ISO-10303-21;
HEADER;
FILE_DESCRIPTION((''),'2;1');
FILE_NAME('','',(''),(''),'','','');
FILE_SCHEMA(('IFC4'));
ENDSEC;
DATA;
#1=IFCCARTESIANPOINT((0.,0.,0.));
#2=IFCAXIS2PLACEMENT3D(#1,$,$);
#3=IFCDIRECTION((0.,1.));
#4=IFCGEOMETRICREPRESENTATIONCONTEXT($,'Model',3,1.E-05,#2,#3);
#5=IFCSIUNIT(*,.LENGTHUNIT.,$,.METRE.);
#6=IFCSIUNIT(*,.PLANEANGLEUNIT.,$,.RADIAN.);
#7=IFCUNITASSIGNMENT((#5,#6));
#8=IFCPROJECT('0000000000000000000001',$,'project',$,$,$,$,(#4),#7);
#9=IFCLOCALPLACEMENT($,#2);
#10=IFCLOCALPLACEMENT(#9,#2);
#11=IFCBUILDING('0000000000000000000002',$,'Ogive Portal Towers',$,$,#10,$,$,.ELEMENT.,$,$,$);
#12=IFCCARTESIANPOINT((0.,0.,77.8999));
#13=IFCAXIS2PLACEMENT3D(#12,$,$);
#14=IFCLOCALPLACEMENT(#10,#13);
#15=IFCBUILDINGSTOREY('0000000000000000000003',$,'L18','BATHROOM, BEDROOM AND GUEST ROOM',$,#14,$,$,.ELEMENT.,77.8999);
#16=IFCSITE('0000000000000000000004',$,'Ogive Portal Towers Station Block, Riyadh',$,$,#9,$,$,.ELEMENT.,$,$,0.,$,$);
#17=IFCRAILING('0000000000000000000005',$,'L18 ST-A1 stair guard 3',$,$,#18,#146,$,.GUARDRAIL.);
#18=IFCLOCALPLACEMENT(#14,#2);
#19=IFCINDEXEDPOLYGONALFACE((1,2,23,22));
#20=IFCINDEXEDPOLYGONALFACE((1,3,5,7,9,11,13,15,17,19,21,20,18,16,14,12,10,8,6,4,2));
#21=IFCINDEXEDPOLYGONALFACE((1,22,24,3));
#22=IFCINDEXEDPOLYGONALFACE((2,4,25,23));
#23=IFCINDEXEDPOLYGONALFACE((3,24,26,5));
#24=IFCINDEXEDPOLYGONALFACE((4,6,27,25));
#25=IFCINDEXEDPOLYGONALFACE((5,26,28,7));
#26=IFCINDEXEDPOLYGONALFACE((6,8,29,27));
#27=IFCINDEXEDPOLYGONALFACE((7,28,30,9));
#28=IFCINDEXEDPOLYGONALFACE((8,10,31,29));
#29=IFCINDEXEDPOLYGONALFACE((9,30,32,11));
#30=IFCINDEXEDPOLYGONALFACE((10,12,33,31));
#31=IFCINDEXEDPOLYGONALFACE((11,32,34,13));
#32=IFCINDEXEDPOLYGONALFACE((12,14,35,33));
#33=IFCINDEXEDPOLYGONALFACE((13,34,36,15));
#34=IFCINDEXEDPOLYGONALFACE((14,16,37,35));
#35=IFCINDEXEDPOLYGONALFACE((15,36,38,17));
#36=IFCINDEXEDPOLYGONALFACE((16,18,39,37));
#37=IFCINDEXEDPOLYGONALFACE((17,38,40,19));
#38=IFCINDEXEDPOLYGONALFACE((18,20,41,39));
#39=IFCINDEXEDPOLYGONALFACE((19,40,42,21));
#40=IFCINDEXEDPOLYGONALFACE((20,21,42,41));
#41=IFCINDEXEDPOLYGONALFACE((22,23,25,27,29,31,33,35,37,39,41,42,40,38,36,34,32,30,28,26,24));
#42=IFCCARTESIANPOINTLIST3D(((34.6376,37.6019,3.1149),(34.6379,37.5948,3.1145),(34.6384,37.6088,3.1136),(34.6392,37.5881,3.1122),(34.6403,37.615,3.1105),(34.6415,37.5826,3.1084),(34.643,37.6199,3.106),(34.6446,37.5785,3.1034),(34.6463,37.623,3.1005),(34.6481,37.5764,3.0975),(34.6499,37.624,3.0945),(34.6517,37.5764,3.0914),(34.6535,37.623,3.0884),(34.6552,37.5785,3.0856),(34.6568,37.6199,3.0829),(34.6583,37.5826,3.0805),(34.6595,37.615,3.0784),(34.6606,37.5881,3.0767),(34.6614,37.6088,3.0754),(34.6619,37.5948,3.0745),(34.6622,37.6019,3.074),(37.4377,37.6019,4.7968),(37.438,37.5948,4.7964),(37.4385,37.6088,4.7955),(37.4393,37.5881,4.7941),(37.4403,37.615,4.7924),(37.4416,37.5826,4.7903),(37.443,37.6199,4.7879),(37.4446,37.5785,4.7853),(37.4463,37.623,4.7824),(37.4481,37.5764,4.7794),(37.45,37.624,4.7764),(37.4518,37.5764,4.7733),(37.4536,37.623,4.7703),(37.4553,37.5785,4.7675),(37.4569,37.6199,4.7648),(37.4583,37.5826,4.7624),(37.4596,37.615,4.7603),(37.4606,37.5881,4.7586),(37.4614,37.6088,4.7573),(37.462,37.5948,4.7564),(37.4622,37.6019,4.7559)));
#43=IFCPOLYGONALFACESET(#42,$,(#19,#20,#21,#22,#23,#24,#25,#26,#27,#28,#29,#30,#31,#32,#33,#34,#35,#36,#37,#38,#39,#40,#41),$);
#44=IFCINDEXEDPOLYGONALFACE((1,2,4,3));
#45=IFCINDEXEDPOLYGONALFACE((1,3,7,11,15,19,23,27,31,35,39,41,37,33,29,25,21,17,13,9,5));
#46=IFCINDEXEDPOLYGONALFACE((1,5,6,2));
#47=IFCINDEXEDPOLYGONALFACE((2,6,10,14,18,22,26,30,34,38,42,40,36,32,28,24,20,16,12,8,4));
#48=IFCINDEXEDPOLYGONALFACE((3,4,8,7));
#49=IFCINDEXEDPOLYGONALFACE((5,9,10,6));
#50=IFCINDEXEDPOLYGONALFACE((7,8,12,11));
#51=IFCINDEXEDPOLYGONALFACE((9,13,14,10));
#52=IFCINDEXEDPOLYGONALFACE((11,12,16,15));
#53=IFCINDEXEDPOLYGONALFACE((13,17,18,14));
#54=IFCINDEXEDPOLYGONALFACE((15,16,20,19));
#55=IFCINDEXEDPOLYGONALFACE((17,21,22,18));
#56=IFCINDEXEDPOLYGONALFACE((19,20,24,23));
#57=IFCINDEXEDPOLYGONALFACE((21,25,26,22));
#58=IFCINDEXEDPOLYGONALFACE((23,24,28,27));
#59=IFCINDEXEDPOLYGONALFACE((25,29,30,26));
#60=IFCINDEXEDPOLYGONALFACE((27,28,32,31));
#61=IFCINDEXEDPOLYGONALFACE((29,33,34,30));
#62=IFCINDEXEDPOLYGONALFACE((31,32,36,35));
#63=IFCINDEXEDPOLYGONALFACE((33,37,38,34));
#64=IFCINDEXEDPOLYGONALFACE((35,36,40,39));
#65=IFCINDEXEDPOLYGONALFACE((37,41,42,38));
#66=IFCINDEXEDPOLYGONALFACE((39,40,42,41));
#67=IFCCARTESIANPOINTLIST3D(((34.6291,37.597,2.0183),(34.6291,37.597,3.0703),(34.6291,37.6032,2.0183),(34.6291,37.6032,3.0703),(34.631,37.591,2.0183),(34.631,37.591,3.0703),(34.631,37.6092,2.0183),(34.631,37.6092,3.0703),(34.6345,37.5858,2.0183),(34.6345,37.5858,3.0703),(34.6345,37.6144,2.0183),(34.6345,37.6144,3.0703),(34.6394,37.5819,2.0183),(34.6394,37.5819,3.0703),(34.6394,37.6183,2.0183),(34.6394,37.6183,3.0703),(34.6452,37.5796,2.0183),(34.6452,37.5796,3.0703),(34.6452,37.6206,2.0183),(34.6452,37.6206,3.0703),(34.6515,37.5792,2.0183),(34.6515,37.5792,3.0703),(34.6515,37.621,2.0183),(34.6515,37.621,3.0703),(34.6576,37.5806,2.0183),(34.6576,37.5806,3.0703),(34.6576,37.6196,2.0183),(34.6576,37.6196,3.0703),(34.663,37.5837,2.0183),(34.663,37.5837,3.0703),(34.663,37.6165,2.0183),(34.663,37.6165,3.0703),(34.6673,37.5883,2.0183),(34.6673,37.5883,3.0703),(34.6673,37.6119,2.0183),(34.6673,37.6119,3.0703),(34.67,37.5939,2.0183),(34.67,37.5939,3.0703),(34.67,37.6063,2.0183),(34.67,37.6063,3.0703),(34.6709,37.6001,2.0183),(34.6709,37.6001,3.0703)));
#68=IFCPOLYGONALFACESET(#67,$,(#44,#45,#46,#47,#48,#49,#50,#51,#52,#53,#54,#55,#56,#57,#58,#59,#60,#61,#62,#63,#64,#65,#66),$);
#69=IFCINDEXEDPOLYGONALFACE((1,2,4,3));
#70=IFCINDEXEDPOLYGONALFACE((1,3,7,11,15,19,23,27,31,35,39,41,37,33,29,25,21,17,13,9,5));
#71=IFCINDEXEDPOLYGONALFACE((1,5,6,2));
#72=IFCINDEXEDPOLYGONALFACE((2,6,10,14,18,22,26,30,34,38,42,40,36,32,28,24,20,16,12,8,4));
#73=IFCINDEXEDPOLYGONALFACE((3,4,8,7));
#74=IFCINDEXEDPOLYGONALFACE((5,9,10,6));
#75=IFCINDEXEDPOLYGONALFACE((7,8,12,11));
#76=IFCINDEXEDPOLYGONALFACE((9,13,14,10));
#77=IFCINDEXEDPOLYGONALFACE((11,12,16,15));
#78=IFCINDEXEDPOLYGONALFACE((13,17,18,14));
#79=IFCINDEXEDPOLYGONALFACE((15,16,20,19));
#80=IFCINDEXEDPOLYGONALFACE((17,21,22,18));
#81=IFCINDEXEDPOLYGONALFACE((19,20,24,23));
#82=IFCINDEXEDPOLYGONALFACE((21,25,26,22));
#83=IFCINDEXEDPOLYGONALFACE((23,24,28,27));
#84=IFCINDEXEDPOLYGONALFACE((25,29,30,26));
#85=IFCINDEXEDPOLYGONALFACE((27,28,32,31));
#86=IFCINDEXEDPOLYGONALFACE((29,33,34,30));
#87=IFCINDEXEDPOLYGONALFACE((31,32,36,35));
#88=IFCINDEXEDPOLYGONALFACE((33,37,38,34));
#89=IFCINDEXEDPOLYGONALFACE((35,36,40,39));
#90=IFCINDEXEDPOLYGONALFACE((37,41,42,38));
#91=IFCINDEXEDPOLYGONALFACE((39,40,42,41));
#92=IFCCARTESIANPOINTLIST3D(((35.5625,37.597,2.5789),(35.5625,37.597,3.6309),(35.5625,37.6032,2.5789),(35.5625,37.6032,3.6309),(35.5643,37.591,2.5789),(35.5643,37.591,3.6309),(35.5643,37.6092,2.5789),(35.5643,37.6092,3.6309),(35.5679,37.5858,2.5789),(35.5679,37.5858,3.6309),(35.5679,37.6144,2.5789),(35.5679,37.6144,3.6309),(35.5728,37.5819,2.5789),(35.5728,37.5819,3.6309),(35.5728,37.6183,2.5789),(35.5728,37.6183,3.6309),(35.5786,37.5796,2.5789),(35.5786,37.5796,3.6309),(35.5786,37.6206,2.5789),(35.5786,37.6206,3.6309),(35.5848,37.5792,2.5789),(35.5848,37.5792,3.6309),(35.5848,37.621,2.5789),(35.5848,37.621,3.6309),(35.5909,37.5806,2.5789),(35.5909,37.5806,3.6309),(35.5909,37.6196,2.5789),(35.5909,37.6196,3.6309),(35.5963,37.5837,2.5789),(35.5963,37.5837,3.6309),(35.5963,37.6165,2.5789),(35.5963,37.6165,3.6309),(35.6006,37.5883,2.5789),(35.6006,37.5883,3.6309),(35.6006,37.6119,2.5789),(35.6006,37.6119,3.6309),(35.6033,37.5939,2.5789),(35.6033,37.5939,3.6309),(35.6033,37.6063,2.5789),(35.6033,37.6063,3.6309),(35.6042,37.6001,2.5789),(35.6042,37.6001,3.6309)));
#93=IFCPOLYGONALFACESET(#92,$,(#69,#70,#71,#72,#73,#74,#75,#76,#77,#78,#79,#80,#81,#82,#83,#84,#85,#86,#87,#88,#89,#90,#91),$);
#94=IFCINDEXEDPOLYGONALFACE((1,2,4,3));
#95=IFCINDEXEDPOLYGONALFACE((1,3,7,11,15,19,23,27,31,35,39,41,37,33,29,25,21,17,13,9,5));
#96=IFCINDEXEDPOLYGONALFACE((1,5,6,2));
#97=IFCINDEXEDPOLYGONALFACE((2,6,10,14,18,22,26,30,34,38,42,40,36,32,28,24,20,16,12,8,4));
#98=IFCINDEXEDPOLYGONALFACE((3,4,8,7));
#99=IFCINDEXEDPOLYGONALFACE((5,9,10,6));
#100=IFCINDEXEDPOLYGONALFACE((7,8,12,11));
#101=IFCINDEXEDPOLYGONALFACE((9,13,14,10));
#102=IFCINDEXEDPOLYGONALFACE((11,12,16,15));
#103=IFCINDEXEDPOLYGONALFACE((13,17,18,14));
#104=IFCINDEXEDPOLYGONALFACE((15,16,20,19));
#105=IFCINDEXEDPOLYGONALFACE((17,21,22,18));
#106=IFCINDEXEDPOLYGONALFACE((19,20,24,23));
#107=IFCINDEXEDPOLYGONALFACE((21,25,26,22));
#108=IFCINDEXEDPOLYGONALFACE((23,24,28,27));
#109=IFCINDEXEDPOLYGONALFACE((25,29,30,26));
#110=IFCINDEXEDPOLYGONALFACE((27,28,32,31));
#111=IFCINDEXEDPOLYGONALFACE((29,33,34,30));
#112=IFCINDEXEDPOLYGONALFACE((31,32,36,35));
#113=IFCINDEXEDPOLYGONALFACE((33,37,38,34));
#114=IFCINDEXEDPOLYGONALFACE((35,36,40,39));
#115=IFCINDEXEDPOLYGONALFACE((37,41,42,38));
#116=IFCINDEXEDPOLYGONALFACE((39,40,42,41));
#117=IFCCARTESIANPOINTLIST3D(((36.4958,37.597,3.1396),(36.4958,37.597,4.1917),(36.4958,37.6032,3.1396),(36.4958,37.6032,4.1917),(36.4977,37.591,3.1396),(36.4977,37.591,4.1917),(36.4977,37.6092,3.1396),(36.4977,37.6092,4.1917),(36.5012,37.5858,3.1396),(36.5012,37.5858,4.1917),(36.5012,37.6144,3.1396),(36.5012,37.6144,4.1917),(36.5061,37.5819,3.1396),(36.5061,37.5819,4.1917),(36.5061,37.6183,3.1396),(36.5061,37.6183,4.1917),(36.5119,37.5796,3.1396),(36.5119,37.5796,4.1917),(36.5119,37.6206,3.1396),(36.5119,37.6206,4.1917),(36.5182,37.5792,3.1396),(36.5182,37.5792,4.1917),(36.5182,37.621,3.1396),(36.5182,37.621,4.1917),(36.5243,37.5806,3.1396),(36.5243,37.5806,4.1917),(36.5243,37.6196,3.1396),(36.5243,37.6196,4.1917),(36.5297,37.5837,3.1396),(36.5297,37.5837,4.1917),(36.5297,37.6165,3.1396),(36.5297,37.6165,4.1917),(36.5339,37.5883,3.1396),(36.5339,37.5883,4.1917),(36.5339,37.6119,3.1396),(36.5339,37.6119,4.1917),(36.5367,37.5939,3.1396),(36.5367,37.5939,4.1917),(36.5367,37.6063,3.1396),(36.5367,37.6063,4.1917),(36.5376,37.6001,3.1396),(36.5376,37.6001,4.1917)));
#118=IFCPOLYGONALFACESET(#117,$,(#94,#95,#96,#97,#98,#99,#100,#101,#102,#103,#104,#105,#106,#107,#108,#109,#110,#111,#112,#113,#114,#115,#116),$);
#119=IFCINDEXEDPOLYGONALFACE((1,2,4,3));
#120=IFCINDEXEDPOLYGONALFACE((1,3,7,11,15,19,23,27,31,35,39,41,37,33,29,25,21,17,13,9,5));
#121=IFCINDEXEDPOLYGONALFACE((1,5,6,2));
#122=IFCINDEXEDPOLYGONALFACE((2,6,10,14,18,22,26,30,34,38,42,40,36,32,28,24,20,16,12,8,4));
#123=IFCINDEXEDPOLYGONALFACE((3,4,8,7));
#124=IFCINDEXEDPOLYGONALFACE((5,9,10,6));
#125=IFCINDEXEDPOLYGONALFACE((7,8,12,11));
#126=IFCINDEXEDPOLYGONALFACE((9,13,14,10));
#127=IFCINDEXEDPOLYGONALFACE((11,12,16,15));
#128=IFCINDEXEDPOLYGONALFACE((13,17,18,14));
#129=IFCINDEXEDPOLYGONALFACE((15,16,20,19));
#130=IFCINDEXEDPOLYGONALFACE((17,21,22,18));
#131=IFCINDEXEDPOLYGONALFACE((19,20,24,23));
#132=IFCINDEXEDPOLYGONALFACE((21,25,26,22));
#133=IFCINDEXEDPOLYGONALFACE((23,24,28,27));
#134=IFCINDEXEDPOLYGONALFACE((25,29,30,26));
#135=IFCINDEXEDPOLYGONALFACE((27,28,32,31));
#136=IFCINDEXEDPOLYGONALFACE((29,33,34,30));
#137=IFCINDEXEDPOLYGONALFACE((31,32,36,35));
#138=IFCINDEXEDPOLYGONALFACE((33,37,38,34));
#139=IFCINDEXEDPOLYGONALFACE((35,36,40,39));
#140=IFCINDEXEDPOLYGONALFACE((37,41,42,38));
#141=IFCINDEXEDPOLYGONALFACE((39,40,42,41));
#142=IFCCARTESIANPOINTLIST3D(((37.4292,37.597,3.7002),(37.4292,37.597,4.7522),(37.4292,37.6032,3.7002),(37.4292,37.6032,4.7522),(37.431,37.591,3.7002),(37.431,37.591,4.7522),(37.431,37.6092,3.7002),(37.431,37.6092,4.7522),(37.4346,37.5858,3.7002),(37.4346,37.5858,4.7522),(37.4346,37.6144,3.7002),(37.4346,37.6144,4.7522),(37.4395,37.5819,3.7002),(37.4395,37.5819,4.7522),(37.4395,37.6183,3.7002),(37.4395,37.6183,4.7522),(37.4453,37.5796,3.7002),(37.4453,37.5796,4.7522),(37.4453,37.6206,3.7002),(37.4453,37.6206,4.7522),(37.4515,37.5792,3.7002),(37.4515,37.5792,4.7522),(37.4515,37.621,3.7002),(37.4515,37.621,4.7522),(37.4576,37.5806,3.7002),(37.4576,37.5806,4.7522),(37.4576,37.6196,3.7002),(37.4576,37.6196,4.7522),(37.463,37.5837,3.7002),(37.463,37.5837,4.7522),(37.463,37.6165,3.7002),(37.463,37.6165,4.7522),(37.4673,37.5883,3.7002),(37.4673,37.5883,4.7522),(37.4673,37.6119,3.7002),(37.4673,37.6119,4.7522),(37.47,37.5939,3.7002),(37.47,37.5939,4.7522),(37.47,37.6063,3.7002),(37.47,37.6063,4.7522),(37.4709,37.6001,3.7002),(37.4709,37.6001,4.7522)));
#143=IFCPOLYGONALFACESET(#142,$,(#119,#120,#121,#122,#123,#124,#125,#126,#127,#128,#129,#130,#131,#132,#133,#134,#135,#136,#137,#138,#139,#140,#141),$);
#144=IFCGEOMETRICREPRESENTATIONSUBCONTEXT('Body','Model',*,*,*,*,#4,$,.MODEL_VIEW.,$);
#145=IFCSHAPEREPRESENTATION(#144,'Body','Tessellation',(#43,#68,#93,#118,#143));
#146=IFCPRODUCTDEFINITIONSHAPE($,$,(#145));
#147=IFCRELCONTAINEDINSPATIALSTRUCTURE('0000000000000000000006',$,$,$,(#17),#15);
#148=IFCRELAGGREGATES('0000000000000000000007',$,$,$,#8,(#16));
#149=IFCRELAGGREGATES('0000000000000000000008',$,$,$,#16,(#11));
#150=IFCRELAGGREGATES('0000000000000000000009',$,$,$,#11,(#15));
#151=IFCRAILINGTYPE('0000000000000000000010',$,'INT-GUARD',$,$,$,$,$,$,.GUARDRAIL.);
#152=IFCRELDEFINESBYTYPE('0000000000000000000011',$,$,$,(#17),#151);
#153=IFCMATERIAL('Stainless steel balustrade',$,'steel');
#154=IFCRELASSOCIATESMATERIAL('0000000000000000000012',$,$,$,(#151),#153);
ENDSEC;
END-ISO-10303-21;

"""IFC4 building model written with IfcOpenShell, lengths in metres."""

from ifc_helpers import new_model, si_unit, direction, frame, origin, origin_2d, place, context, subcontext, project, spatial, circle, extrude, material, type_object, element, save


model = new_model("IFC4")

# Units and contexts
model_context = context("Model", 3, precision=1e-05, world=origin(), true_north=direction((0.0, 1.0)))
body_context = subcontext(model_context, "Body", "Model", "MODEL_VIEW")
ifc_project = project(units=[si_unit("LENGTHUNIT", "METRE"), si_unit("PLANEANGLEUNIT", "RADIAN")], contexts=[model_context])

# Site, building, storey
site_placement = place(None, origin())
site = spatial("IfcSite", under=ifc_project, at=site_placement, Name="Ogive Portal Towers Station Block, Riyadh", CompositionType="ELEMENT", RefElevation=0.0)
building_placement = place(site_placement, origin())
building = spatial("IfcBuilding", under=site, at=building_placement, Name="Ogive Portal Towers", CompositionType="ELEMENT")
storey_placement = place(building_placement, frame((0.0, 0.0, 77.8999)))
storey = spatial("IfcBuildingStorey", under=building, at=storey_placement, Name="L18", Description="BATHROOM, BEDROOM AND GUEST ROOM", CompositionType="ELEMENT", Elevation=77.8999)

# Railing
ifc_material_1 = material(Name="Stainless steel balustrade", Category="steel")
railing_type_1 = type_object("IfcRailingType", Name="INT-GUARD", PredefinedType="GUARDRAIL", material=ifc_material_1)
railing_1_placement = place(storey_placement, frame((34.6499, 37.6001, 2.0183)))
element("IfcRailing", 1, at=railing_1_placement, inside=storey, type_object=railing_type_1, Name="L18 ST-A1 stair guard 3", PredefinedType="GUARDRAIL", context=body_context, shape_type="SweptSolid", body=[
    extrude(circle(Radius=0.0239, at=origin_2d()), frame((0.0, 0.0, 1.0762), z_axis=(0.857242, 0.0, 0.514913), x_axis=(0.0, 1.0, 0.0)), (0.0, 0.0, 1.0), 3.2664),
    extrude(circle(Radius=0.021, at=origin_2d()), origin(), (0.0, 0.0, 1.0), 1.052),
    extrude(circle(Radius=0.021, at=origin_2d()), frame((0.9333, 0.0, 0.5605)), (0.0, 0.0, 1.0), 1.052),
    extrude(circle(Radius=0.021, at=origin_2d()), frame((1.8667, 0.0, 1.1213)), (0.0, 0.0, 1.0), 1.052),
    extrude(circle(Radius=0.021, at=origin_2d()), frame((2.8, 0.0, 1.6819)), (0.0, 0.0, 1.0), 1.052),
])

save(model, "model.ifc")
